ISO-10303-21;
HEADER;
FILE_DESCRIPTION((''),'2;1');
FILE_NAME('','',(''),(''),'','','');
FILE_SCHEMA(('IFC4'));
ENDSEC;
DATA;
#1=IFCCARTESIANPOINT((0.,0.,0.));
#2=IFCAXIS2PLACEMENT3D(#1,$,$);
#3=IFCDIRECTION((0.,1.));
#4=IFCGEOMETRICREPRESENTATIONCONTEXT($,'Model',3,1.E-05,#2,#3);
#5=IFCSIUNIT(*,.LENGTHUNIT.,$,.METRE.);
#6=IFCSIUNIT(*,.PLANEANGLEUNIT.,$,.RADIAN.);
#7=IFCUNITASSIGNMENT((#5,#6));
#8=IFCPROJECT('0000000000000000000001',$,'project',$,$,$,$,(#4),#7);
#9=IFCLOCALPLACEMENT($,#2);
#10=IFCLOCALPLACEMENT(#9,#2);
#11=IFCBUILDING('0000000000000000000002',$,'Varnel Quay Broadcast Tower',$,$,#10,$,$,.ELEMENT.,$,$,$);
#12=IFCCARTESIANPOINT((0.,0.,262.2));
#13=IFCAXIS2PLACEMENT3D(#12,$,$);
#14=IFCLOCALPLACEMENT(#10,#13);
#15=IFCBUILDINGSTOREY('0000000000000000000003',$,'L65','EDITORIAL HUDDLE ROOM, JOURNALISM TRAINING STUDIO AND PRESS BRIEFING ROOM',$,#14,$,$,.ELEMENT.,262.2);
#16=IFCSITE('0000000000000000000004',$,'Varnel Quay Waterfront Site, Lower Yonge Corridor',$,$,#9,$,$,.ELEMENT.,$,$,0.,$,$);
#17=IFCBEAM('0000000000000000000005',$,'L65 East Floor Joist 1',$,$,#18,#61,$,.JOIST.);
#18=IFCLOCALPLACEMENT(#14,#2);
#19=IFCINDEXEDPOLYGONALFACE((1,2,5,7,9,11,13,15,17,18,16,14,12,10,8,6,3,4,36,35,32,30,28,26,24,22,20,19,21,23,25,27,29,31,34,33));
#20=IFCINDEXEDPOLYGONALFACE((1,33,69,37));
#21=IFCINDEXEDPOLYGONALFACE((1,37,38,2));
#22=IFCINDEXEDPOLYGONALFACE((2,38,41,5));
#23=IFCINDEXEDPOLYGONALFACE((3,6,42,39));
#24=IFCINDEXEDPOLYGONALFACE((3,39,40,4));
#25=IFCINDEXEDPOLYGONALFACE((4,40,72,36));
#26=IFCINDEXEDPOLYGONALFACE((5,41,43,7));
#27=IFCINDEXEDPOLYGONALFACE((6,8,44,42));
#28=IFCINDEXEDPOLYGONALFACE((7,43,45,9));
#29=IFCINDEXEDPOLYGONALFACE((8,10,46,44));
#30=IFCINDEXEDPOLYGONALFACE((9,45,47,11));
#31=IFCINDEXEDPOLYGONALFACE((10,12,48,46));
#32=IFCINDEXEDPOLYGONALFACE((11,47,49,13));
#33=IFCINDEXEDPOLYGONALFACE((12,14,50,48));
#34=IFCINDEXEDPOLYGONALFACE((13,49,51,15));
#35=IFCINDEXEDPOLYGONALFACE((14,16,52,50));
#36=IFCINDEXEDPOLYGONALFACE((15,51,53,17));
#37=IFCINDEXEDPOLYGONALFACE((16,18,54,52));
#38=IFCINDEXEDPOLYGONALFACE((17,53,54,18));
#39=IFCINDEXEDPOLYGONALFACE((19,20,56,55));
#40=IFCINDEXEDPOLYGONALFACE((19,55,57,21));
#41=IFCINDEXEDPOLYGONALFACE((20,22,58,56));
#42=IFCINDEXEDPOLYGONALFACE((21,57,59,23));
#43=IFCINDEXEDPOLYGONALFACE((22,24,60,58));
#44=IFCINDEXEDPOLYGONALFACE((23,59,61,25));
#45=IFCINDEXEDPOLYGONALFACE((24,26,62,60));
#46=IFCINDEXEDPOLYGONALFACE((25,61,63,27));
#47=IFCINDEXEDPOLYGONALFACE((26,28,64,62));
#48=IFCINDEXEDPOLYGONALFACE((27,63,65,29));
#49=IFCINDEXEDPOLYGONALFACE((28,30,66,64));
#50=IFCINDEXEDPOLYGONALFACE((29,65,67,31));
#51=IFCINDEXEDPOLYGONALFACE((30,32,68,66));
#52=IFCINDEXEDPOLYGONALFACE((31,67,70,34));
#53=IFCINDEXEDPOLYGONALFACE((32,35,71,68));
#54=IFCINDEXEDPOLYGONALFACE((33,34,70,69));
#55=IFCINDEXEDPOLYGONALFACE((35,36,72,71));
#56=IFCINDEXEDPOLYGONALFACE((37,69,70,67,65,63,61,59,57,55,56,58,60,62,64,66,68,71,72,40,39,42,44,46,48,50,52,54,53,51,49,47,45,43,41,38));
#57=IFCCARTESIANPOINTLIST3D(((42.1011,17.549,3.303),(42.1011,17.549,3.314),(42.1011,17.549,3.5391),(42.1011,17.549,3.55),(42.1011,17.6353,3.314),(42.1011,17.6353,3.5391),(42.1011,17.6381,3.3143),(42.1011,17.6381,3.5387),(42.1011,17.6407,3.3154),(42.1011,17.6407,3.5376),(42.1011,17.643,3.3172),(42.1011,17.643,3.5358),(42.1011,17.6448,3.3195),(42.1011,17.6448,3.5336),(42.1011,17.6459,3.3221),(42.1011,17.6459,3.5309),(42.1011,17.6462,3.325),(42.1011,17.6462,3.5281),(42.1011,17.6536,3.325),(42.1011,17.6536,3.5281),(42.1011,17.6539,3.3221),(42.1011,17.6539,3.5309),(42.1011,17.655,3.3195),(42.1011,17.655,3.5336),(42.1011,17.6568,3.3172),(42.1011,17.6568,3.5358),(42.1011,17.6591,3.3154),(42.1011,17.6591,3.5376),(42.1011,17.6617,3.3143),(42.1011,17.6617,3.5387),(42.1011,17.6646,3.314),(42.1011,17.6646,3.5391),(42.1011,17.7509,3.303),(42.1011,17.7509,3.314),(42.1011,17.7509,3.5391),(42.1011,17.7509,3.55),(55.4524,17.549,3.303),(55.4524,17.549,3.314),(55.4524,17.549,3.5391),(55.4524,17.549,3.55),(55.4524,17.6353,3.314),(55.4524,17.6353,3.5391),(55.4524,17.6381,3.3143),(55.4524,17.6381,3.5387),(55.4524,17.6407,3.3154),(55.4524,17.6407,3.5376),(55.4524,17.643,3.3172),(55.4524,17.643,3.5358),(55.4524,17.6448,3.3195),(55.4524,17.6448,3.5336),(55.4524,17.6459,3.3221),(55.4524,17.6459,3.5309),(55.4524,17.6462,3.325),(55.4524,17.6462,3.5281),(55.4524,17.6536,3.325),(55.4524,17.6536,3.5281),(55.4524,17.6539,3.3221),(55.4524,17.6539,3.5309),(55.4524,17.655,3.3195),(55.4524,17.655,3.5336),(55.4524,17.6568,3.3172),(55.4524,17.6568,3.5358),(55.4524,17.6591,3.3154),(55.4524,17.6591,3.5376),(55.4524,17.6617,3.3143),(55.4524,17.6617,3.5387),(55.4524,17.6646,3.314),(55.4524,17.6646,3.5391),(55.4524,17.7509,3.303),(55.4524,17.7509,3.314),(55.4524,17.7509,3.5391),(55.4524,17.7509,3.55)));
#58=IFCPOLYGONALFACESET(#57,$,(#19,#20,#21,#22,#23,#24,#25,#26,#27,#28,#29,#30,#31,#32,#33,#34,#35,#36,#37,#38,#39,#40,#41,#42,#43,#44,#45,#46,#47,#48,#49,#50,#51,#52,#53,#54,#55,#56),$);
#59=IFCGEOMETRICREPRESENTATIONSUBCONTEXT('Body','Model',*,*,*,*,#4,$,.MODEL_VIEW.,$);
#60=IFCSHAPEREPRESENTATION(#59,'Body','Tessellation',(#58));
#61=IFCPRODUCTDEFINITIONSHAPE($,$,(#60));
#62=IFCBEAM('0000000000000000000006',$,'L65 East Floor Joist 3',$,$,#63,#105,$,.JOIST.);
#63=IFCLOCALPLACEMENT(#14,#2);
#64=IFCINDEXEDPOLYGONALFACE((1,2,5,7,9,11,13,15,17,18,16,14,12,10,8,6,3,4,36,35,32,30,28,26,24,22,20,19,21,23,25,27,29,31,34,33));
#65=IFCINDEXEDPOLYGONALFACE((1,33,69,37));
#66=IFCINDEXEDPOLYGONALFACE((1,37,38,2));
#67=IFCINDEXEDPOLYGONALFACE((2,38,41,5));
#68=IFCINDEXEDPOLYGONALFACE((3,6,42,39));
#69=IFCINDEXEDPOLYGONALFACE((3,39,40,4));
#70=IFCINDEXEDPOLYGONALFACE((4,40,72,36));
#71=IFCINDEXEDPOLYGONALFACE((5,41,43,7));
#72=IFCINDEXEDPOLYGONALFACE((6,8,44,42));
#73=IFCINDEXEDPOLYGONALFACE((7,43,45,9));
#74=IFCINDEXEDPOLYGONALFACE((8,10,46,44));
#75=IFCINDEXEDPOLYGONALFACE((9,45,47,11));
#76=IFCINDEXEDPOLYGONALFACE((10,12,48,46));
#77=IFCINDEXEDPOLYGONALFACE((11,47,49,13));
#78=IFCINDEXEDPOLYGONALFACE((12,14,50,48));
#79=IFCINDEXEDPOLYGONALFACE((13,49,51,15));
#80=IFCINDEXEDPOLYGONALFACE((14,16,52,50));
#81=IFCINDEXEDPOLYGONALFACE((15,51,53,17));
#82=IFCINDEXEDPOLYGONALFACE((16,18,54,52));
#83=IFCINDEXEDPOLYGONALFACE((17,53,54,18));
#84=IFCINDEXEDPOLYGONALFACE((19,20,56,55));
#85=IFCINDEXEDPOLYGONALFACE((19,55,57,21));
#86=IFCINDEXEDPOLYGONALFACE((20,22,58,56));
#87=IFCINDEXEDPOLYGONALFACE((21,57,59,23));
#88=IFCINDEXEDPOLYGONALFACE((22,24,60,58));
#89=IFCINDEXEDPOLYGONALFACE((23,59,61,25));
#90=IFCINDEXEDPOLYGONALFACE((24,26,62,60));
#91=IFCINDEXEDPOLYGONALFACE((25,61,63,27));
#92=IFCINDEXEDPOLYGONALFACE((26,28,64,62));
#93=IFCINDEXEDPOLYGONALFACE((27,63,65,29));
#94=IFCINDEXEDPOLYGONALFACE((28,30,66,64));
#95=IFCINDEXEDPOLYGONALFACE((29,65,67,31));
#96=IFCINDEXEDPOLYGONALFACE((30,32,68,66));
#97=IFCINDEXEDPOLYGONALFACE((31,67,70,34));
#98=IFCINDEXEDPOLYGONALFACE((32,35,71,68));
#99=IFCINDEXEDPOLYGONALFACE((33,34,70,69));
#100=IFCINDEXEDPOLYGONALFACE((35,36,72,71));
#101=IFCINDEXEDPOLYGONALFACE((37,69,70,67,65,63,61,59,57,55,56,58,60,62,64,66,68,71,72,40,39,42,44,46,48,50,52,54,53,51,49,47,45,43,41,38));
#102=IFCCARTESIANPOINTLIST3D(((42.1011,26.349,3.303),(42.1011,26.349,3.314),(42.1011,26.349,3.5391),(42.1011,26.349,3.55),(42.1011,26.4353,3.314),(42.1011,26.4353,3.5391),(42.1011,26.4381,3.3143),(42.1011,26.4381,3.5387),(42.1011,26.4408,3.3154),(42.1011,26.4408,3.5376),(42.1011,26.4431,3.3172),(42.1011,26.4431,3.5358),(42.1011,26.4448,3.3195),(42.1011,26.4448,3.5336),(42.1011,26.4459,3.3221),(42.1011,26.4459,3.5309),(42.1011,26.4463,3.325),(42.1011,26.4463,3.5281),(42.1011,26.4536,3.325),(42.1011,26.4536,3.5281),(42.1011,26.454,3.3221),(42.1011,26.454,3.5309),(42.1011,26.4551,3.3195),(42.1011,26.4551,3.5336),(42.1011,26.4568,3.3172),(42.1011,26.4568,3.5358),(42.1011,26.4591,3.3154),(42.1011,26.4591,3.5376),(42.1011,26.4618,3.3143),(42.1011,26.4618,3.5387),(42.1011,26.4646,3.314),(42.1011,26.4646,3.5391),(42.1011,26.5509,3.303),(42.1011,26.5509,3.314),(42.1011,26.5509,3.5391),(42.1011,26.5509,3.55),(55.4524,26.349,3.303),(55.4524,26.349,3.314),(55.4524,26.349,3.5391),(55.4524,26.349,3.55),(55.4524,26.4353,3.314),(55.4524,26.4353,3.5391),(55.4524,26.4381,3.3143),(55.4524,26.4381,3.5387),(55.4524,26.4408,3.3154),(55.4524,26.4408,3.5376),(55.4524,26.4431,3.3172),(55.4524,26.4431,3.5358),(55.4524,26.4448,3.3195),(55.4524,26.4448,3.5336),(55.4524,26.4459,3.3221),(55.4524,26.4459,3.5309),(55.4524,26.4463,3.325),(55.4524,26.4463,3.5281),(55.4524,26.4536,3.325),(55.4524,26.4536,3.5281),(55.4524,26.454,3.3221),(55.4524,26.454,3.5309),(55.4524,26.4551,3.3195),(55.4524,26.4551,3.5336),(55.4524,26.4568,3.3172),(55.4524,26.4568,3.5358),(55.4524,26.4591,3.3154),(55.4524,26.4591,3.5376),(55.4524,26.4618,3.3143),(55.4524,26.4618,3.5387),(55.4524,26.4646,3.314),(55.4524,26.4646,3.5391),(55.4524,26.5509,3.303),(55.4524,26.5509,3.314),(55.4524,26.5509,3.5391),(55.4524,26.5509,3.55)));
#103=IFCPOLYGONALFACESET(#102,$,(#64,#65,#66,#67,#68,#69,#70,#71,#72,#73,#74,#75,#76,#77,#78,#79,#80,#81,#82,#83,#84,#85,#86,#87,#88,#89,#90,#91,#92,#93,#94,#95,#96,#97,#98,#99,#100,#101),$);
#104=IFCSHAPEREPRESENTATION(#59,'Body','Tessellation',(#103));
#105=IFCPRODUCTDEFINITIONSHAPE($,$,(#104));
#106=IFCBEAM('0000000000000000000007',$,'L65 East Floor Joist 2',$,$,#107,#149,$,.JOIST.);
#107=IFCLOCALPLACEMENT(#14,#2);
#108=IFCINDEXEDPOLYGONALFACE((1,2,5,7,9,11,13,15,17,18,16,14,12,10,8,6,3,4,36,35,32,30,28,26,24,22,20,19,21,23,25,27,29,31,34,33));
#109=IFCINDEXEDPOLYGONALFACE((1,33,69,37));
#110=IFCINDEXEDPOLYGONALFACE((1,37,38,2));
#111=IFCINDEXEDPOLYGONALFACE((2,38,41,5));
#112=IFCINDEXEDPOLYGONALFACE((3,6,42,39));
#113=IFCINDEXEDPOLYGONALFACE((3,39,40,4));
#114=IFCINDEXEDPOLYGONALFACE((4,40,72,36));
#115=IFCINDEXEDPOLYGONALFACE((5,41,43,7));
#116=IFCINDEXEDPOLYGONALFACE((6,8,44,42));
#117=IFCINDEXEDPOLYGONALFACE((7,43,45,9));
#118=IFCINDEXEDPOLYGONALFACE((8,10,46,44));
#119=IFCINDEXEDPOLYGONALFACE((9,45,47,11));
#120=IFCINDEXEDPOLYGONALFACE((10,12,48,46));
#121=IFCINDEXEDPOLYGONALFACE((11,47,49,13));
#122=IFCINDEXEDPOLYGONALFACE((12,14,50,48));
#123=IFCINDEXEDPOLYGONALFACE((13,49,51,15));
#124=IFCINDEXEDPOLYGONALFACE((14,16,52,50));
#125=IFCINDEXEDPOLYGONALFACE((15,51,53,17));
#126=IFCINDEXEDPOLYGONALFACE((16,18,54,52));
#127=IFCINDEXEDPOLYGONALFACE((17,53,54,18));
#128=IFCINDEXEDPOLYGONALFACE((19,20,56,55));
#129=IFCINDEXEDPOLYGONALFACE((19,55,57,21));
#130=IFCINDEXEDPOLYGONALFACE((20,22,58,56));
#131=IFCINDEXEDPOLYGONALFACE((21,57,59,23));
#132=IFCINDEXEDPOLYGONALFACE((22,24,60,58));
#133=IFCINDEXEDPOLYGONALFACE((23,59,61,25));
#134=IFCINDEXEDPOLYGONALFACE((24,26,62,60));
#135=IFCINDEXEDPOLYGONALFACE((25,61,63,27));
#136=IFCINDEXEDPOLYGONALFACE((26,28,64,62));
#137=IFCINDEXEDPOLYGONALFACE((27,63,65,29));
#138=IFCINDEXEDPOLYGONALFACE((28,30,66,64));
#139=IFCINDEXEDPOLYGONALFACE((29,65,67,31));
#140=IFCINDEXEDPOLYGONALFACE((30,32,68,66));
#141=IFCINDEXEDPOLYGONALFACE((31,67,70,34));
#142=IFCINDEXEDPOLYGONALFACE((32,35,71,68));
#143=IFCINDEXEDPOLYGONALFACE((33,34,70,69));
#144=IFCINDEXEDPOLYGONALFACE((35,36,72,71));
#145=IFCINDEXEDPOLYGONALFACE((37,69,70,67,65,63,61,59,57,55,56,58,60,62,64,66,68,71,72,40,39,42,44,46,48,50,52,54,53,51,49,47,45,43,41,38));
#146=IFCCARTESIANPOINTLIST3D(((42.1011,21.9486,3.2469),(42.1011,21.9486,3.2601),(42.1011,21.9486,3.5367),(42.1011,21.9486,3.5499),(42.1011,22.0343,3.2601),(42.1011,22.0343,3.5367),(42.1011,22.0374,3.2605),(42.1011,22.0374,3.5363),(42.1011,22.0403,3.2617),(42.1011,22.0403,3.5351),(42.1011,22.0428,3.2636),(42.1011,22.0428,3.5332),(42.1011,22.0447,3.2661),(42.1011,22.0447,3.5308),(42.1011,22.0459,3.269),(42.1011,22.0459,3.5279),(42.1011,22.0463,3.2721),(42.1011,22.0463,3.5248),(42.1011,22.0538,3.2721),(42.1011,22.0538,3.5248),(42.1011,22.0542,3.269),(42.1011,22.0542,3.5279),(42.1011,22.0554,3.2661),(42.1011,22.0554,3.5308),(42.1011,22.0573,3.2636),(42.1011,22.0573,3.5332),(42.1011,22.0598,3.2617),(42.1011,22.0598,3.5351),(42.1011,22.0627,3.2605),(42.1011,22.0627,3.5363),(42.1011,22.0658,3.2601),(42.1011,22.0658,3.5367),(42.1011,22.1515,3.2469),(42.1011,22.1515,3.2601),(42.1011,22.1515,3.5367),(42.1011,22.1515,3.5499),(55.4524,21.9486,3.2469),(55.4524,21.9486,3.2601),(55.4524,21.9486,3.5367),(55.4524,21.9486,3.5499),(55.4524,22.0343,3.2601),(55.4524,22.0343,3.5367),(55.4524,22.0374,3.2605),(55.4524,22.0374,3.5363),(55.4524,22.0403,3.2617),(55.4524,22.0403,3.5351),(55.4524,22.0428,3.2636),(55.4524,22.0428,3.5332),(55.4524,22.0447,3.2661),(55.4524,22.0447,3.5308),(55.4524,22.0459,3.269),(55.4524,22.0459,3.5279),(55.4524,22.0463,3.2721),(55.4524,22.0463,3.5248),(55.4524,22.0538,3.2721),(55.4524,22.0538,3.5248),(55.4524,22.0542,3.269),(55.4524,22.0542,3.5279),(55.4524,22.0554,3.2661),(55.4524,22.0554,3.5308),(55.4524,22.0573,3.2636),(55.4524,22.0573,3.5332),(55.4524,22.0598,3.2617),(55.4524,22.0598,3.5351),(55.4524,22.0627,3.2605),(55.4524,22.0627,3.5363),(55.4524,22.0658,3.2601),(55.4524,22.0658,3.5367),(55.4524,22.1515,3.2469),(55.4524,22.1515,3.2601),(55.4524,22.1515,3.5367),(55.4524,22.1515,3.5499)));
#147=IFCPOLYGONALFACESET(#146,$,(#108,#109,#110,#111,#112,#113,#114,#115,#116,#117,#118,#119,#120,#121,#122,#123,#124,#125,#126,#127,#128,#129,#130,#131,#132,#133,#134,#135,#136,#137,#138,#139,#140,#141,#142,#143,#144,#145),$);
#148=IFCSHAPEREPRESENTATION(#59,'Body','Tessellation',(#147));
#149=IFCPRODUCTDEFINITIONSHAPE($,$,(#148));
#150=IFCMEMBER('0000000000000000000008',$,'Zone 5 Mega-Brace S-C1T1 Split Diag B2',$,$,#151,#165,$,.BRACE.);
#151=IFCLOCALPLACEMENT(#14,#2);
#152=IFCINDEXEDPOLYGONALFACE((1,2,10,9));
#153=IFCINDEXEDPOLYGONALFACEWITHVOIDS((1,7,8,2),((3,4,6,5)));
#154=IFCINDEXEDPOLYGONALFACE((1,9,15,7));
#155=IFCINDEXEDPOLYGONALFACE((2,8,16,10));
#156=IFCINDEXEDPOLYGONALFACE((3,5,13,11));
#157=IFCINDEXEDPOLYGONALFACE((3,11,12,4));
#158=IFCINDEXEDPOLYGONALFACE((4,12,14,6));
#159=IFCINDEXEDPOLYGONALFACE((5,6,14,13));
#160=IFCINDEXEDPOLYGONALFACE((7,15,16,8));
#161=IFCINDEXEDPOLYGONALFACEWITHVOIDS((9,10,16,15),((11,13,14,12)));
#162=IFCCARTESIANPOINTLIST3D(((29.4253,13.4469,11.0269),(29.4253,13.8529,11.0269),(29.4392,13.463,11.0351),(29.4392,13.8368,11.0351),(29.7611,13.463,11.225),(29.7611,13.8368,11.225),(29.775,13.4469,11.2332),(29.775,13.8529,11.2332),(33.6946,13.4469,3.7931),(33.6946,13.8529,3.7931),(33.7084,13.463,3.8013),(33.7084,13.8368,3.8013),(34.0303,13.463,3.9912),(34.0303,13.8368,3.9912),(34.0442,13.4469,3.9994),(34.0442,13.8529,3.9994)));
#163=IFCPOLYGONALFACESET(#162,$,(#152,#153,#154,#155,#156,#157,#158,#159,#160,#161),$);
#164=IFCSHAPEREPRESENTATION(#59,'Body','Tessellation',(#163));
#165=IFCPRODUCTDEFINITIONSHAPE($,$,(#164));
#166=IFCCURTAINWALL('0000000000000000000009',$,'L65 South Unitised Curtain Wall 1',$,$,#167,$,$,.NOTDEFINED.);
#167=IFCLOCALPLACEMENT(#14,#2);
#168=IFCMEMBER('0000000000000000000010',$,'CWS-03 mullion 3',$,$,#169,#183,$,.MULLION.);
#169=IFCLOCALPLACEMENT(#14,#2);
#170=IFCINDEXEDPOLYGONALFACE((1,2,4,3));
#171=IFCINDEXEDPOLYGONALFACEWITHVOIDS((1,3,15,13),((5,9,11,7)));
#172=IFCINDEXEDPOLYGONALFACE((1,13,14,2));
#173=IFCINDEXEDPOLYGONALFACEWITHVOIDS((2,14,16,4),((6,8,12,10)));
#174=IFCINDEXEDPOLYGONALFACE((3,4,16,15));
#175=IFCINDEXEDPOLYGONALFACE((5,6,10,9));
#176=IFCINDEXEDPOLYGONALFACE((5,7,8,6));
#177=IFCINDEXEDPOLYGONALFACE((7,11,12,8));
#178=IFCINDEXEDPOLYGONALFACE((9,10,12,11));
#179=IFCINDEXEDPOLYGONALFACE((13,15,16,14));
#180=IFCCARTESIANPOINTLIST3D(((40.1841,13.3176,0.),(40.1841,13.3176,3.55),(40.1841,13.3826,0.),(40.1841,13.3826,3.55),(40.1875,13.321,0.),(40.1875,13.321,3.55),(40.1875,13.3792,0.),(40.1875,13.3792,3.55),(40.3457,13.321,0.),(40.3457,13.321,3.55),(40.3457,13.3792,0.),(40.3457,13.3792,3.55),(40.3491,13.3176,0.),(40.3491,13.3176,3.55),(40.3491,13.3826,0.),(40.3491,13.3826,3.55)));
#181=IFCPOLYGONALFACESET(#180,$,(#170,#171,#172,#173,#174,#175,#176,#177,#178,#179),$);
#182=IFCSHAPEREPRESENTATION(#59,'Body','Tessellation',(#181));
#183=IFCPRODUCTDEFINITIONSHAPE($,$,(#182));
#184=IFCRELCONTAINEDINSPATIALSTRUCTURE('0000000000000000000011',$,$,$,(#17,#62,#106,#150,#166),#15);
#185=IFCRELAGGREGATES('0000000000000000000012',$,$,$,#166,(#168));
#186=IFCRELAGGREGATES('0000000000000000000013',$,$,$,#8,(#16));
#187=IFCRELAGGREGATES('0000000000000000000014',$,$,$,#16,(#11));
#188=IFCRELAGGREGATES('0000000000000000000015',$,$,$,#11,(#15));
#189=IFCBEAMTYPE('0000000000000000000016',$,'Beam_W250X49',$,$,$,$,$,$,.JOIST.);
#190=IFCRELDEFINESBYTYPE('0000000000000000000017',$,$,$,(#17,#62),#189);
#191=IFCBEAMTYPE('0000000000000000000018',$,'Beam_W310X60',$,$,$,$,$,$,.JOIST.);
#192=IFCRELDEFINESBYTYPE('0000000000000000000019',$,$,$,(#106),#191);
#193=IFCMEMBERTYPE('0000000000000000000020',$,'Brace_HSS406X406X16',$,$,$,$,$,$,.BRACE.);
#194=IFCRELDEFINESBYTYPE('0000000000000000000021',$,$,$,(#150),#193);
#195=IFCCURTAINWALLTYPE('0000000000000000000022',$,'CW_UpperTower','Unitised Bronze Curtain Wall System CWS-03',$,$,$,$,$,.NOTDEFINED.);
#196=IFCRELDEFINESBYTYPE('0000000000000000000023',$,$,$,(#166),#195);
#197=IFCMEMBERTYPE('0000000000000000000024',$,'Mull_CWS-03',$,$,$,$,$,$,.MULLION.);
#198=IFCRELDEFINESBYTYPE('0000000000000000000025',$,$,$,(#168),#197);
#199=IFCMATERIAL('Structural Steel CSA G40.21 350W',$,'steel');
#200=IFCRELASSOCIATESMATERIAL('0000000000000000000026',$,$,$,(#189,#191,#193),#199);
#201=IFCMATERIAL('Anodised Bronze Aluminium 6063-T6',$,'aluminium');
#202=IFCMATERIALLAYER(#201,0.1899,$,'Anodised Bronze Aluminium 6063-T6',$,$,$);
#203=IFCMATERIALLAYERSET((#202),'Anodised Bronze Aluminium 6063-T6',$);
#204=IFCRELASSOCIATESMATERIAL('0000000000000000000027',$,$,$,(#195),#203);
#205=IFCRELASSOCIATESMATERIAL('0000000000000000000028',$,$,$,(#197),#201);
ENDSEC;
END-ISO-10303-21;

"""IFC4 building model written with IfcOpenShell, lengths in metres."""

from ifc_helpers import new_model, si_unit, direction, frame, origin, origin_2d, place, context, subcontext, project, spatial, hollow_rectangle, i_section, extrude, source, transform, mapped, material, layer, layer_set, material_profile, profile_set, type_object, type_shapes, element, aggregate, save


model = new_model("IFC4")

# Units and contexts
model_context = context("Model", 3, precision=1e-05, world=origin(), true_north=direction((0.0, 1.0)))
body_context = subcontext(model_context, "Body", "Model", "MODEL_VIEW")
ifc_project = project(units=[si_unit("LENGTHUNIT", "METRE"), si_unit("PLANEANGLEUNIT", "RADIAN")], contexts=[model_context])

# Site, building, storey
site_placement = place(None, origin())
site = spatial("IfcSite", under=ifc_project, at=site_placement, Name="Varnel Quay Waterfront Site, Lower Yonge Corridor", CompositionType="ELEMENT", RefElevation=0.0)
building_placement = place(site_placement, origin())
building = spatial("IfcBuilding", under=site, at=building_placement, Name="Varnel Quay Broadcast Tower", CompositionType="ELEMENT")
storey_placement = place(building_placement, frame((0.0, 0.0, 262.2)))
storey = spatial("IfcBuildingStorey", under=building, at=storey_placement, Name="L65", Description="EDITORIAL HUDDLE ROOM, JOURNALISM TRAINING STUDIO AND PRESS BRIEFING ROOM", CompositionType="ELEMENT", Elevation=262.2)

# Shared definitions
ifc_material_1 = material(Name="Structural Steel CSA G40.21 350W", Category="steel")

# Beams
ifc_material_profile_1 = material_profile(ifc_material_1, i_section(OverallWidth=0.2019, OverallDepth=0.2471, WebThickness=0.0073, FlangeThickness=0.011, FilletRadius=0.011, at=origin_2d()), Name="W250X49")
ifc_profile_set_1 = profile_set([ifc_material_profile_1], Name="Structural Steel CSA G40.21 350W")
beam_type_1 = type_object("IfcBeamType", Name="Beam_W250X49", PredefinedType="JOIST", material=ifc_profile_set_1)
shared_shape_1 = source(origin(), body_context, "Body", "SweptSolid", [
    extrude(i_section(OverallWidth=0.2019, OverallDepth=0.2471, WebThickness=0.0073, FlangeThickness=0.011, FilletRadius=0.011, at=origin_2d()), origin(), (0.0, 0.0, 1.0), 13.3513),
])
type_shapes(beam_type_1, [shared_shape_1])
for number, where, z_axis, x_axis, name in (
    (1, (42.1011, 17.6499, 3.4265), (1.0, 0.0, 0.0), (0.0, 1.0, 0.0), "L65 East Floor Joist 1"),
    (2, (42.1011, 26.45, 3.4265), (1.0, 0.0, 0.0), (0.0, 1.0, 0.0), "L65 East Floor Joist 3"),
):
    element("IfcBeam", number, at=place(storey_placement, frame(where, z_axis=z_axis, x_axis=x_axis)), inside=storey, type_object=beam_type_1, Name=name, PredefinedType="JOIST", context=body_context, shape_type="MappedRepresentation", body=[
        mapped(shared_shape_1, transform((0.0, 0.0, 0.0), x_axis=(1.0, 0.0, 0.0), y_axis=(0.0, 1.0, 0.0), z_axis=(0.0, 0.0, 1.0), scale=1.0)),
    ])
ifc_material_profile_2 = material_profile(ifc_material_1, i_section(OverallWidth=0.2029, OverallDepth=0.303, WebThickness=0.0076, FlangeThickness=0.0132, FilletRadius=0.012, at=origin_2d()), Name="W310X60")
ifc_profile_set_2 = profile_set([ifc_material_profile_2], Name="Structural Steel CSA G40.21 350W")
beam_type_2 = type_object("IfcBeamType", Name="Beam_W310X60", PredefinedType="JOIST", material=ifc_profile_set_2)
shared_shape_2 = source(origin(), body_context, "Body", "SweptSolid", [
    extrude(i_section(OverallWidth=0.2029, OverallDepth=0.303, WebThickness=0.0076, FlangeThickness=0.0132, FilletRadius=0.012, at=origin_2d()), origin(), (0.0, 0.0, 1.0), 13.3513),
])
type_shapes(beam_type_2, [shared_shape_2])
beam_1_placement = place(storey_placement, frame((42.1011, 22.05, 3.3984), z_axis=(1.0, 0.0, 0.0), x_axis=(0.0, 1.0, 0.0)))
element("IfcBeam", 3, at=beam_1_placement, inside=storey, type_object=beam_type_2, Name="L65 East Floor Joist 2", PredefinedType="JOIST", context=body_context, shape_type="MappedRepresentation", body=[
    mapped(shared_shape_2, transform((0.0, 0.0, 0.0), x_axis=(1.0, 0.0, 0.0), y_axis=(0.0, 1.0, 0.0), z_axis=(0.0, 0.0, 1.0), scale=1.0)),
])

# Member
ifc_material_profile_3 = material_profile(ifc_material_1, hollow_rectangle(XDim=0.406, YDim=0.406, WallThickness=0.0161, at=origin_2d()), Name="HSS406X406X16")
ifc_profile_set_3 = profile_set([ifc_material_profile_3], Name="Structural Steel CSA G40.21 350W")
member_type_1 = type_object("IfcMemberType", Name="Brace_HSS406X406X16", PredefinedType="BRACE", material=ifc_profile_set_3)
shared_shape_3 = source(origin(), body_context, "Body", "SweptSolid", [
    extrude(hollow_rectangle(XDim=0.406, YDim=0.406, WallThickness=0.0161, at=origin_2d()), origin(), (0.0, 0.0, 1.0), 8.3997),
])
type_shapes(member_type_1, [shared_shape_3])
member_1_placement = place(storey_placement, frame((33.8694, 13.6499, 3.8962), z_axis=(-0.508263, 0.0, 0.861202), x_axis=(0.0, -1.0, 0.0)))
element("IfcMember", 4, at=member_1_placement, inside=storey, type_object=member_type_1, Name="Zone 5 Mega-Brace S-C1T1 Split Diag B2", PredefinedType="BRACE", context=body_context, shape_type="MappedRepresentation", body=[
    mapped(shared_shape_3, transform((0.0, 0.0, 0.0), x_axis=(1.0, 0.0, 0.0), y_axis=(0.0, 1.0, 0.0), z_axis=(0.0, 0.0, 1.0), scale=1.0)),
])

# Curtain wall, member
ifc_material_2 = material(Name="Anodised Bronze Aluminium 6063-T6", Category="aluminium")
ifc_layer_1 = layer(ifc_material_2, 0.1899, Name="Anodised Bronze Aluminium 6063-T6")
ifc_layer_set_1 = layer_set([ifc_layer_1], Name="Anodised Bronze Aluminium 6063-T6")
curtain_wall_type = type_object("IfcCurtainWallType", Name="CW_UpperTower", Description="Unitised Bronze Curtain Wall System CWS-03", PredefinedType="NOTDEFINED", material=ifc_layer_set_1)
curtain_wall_placement = place(storey_placement, origin())
curtain_wall = element("IfcCurtainWall", 5, at=curtain_wall_placement, inside=storey, type_object=curtain_wall_type, Name="L65 South Unitised Curtain Wall 1", PredefinedType="NOTDEFINED")
ifc_material_profile_4 = material_profile(ifc_material_2, hollow_rectangle(XDim=0.0649, YDim=0.165, WallThickness=0.0034, at=origin_2d()), Name="ALU65X165X3.5")
ifc_profile_set_4 = profile_set([ifc_material_profile_4], Name="Anodised Bronze Aluminium 6063-T6")
member_type_2 = type_object("IfcMemberType", Name="Mull_CWS-03", PredefinedType="MULLION", material=ifc_profile_set_4)
shared_shape_4 = source(origin(), body_context, "Body", "SweptSolid", [
    extrude(hollow_rectangle(XDim=0.0649, YDim=0.165, WallThickness=0.0034, at=origin_2d()), origin(), (0.0, 0.0, 1.0), 3.55),
])
type_shapes(member_type_2, [shared_shape_4])
member_2_placement = place(storey_placement, frame((40.2666, 13.3501, 0.0), z_axis=(0.0, 0.0, 1.0), x_axis=(0.0, 1.0, 0.0)))
member_2 = element("IfcMember", 6, at=member_2_placement, type_object=member_type_2, Name="CWS-03 mullion 3", PredefinedType="MULLION", context=body_context, shape_type="MappedRepresentation", body=[
    mapped(shared_shape_4, transform((0.0, 0.0, 0.0), x_axis=(1.0, 0.0, 0.0), y_axis=(0.0, 1.0, 0.0), z_axis=(0.0, 0.0, 1.0), scale=1.0)),
])

aggregate(curtain_wall, [member_2])

save(model, "model.ifc")
